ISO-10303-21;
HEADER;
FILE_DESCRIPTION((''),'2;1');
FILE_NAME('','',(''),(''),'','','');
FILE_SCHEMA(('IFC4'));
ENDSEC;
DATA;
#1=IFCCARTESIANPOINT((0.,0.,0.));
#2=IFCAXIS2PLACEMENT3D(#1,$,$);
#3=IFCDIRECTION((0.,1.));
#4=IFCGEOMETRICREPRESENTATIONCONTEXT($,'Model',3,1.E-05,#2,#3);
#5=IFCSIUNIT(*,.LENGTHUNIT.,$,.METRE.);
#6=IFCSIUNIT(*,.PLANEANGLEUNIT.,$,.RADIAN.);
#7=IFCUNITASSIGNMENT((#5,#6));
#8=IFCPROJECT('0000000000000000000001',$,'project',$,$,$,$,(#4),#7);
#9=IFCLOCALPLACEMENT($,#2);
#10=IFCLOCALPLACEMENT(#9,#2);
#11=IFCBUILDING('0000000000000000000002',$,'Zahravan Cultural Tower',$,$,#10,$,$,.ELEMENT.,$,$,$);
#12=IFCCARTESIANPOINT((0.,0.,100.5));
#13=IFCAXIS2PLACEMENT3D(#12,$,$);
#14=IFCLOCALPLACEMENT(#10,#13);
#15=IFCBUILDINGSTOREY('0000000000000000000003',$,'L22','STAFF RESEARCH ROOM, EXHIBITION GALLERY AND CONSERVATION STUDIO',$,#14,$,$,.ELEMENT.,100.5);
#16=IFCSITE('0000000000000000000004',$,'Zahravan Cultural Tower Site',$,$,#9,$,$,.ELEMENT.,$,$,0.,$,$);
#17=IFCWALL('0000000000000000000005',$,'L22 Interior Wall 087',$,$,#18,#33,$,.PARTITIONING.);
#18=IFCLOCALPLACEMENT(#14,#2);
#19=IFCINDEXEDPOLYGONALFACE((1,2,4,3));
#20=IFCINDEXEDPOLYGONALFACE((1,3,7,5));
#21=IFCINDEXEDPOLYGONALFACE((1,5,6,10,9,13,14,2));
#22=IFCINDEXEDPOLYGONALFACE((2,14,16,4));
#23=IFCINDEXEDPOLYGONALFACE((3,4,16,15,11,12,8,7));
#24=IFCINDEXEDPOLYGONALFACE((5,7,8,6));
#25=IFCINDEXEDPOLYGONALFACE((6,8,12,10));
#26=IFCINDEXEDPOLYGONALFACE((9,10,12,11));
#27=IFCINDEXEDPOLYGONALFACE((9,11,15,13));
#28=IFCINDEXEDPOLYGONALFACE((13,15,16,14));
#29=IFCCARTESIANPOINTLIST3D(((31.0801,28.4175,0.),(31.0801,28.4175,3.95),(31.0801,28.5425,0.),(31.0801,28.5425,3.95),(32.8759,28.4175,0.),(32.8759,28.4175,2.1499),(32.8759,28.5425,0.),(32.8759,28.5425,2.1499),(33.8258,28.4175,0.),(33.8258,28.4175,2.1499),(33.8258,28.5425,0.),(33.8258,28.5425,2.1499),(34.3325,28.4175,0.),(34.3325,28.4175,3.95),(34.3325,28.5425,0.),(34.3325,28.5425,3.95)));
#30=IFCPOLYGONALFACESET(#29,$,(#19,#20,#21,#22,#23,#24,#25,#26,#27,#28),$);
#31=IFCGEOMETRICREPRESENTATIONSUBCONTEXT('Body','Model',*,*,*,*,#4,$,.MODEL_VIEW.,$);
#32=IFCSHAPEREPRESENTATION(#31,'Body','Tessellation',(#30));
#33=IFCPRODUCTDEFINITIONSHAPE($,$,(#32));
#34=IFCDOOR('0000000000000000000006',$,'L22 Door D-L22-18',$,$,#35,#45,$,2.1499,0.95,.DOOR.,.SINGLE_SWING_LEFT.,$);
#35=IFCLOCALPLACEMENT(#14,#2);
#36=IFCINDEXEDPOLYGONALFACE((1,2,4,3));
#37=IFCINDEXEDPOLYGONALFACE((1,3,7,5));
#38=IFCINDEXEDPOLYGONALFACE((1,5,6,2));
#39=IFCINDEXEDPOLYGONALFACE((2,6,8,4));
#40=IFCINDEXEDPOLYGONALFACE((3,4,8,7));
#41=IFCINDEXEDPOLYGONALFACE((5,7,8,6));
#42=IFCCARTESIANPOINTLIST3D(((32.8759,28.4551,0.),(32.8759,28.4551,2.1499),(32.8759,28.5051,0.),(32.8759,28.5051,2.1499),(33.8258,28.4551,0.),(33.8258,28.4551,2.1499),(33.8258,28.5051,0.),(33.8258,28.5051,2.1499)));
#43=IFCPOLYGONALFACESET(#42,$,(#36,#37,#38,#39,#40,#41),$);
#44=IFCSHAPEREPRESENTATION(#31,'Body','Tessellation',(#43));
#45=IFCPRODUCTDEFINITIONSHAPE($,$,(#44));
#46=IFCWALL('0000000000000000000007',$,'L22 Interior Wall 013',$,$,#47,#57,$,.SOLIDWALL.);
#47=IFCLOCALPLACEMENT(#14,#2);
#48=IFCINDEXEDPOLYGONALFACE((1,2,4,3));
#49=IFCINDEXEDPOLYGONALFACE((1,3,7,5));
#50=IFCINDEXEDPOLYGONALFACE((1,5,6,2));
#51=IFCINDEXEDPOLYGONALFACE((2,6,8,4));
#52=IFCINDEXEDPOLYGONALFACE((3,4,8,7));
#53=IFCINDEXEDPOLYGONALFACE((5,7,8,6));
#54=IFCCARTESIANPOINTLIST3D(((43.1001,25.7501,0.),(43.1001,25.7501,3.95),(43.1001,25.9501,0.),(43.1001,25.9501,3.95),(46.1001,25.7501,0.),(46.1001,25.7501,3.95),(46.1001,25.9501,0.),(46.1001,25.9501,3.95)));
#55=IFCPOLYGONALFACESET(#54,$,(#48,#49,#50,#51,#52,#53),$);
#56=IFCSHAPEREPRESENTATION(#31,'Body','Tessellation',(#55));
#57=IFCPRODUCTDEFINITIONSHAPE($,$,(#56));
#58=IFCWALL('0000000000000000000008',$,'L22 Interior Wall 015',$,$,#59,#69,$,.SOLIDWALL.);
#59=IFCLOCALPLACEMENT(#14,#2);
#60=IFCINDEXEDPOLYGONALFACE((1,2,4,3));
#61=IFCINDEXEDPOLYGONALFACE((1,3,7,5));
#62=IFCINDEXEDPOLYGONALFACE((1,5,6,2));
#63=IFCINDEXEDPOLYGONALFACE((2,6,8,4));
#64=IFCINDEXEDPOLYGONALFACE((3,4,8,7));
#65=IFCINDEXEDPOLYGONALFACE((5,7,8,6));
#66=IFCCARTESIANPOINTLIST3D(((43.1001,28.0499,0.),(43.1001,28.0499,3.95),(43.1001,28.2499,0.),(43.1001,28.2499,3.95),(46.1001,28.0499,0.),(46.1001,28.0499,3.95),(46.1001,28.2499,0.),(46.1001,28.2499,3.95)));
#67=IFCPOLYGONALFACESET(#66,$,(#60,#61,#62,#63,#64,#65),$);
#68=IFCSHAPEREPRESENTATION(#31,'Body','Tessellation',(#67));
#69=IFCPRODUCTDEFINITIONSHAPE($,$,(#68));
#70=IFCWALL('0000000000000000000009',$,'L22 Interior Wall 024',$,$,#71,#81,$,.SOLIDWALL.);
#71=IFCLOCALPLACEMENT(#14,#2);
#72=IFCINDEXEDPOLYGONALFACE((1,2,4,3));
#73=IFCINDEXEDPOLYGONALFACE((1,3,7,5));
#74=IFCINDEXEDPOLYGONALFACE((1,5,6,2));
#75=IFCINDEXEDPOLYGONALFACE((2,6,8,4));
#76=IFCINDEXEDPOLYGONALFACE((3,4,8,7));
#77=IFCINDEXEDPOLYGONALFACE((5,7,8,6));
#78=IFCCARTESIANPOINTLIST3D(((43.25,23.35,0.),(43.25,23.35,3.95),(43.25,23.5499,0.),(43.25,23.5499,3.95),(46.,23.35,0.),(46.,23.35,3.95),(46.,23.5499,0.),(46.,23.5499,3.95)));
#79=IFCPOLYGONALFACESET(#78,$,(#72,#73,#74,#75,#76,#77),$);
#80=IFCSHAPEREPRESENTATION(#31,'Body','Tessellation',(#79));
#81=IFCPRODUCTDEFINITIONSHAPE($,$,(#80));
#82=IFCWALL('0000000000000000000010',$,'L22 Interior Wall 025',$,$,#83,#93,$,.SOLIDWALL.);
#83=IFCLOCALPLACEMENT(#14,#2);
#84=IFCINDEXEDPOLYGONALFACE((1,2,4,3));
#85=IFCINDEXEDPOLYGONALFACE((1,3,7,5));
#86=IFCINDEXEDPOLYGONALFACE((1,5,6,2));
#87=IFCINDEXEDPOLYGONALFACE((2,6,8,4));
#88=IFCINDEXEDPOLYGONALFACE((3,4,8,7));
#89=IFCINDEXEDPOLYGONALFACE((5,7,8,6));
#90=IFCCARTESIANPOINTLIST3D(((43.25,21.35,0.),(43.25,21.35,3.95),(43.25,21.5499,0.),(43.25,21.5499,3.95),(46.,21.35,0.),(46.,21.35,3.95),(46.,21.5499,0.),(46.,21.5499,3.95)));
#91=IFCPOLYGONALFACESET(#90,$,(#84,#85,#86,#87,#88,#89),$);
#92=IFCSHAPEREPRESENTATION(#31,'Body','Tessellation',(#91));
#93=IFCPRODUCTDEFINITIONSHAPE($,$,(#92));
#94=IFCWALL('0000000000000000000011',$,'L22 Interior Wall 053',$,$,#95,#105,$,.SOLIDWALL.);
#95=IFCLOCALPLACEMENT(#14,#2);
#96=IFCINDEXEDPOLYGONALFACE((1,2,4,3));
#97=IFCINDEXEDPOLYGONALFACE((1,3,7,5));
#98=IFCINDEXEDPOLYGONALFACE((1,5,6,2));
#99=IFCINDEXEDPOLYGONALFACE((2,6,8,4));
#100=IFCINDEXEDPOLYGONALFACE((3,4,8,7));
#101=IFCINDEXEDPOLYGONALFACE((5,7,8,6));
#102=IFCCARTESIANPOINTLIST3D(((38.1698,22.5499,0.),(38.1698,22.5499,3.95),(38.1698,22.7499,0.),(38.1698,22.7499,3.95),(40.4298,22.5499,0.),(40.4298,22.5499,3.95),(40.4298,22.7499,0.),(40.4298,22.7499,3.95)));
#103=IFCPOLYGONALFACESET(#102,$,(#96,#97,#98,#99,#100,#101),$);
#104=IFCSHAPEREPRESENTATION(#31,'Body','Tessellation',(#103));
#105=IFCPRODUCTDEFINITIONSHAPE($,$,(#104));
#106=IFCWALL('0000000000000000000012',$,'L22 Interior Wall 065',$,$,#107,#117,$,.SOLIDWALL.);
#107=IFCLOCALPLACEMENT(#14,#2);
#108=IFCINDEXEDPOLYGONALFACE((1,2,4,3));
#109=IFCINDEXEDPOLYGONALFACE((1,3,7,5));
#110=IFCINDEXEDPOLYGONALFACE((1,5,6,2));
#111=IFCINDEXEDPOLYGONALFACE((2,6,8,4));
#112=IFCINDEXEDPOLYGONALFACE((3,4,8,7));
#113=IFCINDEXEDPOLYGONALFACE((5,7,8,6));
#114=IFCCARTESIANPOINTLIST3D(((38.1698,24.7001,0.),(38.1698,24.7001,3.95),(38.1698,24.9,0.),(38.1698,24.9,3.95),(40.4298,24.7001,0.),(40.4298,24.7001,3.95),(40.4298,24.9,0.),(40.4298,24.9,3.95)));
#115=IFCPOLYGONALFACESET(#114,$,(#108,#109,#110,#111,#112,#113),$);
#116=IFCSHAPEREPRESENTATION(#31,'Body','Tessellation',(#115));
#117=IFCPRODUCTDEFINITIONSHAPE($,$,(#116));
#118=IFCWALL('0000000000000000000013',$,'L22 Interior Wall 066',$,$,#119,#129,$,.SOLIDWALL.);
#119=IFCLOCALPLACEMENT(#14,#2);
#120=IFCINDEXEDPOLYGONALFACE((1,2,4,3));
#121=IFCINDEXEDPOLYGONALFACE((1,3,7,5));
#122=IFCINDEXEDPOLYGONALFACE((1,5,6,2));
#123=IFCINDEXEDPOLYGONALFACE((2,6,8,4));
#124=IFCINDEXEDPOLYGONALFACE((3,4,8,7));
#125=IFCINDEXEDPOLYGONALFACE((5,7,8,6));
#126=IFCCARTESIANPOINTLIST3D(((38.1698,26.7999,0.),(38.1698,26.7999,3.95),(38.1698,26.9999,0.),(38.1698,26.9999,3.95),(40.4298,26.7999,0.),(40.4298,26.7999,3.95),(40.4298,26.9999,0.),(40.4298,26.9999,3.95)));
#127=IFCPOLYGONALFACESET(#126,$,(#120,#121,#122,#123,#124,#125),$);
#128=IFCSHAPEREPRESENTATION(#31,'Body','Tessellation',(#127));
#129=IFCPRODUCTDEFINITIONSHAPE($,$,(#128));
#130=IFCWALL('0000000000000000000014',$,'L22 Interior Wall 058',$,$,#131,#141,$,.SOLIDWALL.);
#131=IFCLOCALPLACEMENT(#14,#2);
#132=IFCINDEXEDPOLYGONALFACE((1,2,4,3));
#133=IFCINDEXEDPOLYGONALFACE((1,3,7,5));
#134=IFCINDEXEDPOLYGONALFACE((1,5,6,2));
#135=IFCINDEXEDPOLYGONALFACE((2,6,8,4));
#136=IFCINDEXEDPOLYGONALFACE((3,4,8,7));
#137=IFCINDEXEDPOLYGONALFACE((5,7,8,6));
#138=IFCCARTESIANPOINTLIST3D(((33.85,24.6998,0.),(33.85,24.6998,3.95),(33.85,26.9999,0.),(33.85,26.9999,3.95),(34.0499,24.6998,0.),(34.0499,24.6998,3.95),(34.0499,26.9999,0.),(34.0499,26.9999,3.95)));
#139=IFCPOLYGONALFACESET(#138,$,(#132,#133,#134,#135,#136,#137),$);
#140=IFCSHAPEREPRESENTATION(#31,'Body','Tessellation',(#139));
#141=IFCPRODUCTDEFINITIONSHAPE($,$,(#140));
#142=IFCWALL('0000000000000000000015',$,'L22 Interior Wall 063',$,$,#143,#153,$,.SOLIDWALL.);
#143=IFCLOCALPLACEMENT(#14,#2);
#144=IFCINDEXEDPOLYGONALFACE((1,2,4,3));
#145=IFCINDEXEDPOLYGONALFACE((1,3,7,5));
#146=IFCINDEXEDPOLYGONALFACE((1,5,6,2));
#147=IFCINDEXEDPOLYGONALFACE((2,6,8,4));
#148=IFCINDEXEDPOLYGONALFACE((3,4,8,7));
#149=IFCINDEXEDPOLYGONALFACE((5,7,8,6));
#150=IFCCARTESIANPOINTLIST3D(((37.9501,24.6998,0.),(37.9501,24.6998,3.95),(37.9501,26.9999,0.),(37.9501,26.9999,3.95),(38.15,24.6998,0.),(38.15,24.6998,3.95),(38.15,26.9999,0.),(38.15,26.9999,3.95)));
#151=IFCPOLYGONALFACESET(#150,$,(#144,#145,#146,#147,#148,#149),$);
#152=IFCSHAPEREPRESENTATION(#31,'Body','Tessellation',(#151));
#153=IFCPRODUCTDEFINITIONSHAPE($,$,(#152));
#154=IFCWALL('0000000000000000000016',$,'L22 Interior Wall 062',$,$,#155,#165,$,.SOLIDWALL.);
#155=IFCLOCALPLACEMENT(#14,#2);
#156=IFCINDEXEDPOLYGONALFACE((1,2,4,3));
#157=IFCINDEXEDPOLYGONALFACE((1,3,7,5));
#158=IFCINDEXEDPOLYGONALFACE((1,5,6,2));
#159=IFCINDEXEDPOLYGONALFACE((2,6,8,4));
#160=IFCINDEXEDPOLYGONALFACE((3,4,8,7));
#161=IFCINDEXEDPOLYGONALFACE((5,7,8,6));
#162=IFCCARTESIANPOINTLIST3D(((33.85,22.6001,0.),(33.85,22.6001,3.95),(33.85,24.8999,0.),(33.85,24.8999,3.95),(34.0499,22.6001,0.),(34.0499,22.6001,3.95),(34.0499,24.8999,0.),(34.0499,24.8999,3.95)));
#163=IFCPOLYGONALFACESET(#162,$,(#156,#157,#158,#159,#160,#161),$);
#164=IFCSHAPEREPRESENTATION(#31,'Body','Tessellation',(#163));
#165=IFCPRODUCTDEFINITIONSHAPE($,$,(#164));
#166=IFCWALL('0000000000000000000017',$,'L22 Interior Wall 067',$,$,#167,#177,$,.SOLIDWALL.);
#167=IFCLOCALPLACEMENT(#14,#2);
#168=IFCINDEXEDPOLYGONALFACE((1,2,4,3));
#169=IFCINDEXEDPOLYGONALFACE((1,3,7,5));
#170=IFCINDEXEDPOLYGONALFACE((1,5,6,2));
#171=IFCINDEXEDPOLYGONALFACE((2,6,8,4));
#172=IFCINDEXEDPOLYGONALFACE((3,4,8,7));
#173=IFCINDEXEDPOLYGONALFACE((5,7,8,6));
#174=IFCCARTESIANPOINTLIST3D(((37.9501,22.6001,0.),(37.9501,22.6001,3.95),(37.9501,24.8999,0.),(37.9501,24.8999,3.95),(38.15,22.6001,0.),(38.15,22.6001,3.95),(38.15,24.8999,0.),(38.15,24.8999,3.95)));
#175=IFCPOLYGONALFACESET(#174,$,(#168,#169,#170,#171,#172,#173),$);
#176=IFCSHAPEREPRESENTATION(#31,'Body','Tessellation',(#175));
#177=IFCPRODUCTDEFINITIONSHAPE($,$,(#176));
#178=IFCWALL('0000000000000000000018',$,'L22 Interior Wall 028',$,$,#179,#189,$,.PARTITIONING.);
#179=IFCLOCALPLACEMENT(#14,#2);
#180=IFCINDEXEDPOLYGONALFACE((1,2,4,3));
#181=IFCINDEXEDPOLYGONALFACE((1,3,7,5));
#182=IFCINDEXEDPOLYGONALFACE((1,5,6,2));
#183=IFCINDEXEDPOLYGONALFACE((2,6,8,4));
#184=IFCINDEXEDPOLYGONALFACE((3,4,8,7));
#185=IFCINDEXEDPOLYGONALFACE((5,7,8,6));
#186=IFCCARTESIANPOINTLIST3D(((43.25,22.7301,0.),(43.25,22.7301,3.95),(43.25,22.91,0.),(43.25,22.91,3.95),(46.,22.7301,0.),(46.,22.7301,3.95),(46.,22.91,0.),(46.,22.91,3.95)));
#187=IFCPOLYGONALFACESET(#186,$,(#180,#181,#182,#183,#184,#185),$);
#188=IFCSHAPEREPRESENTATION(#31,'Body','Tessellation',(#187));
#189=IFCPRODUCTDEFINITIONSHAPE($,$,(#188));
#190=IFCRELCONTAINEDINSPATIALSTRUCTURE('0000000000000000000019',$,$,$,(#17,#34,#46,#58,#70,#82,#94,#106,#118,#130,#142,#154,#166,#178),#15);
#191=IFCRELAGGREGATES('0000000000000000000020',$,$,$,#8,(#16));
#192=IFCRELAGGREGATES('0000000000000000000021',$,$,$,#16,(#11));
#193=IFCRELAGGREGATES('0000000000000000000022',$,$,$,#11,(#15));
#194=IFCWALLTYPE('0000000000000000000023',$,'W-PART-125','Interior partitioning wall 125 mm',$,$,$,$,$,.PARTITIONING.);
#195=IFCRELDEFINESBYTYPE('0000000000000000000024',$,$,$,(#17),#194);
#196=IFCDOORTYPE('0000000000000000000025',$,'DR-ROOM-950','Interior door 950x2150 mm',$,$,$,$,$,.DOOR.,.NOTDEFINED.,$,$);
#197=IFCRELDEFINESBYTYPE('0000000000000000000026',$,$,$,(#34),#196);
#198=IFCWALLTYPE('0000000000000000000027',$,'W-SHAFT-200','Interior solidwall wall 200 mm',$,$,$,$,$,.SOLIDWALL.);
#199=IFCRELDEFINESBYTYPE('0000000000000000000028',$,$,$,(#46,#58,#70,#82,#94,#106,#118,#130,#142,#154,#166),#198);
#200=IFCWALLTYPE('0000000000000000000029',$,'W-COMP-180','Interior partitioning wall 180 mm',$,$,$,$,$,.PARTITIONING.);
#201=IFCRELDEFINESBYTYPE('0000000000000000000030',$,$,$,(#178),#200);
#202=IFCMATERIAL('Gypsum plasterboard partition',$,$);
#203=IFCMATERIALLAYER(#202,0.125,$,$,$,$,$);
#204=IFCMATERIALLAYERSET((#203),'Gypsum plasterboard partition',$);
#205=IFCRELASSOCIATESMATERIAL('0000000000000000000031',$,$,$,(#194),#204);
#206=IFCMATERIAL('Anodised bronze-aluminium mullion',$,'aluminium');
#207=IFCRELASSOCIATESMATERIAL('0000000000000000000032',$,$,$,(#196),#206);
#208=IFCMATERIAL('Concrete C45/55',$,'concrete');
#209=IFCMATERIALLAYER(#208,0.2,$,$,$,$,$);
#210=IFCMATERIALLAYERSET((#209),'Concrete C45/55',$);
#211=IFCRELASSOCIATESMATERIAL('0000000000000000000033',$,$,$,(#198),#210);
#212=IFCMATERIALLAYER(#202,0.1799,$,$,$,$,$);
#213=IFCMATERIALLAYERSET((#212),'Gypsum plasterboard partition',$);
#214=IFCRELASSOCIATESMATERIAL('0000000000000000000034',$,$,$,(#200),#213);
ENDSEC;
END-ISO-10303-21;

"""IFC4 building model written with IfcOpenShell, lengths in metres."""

from ifc_helpers import new_model, si_unit, direction, frame, frame_2d, origin, place, context, subcontext, project, spatial, rectangle, extrude, source, transform, mapped, material, layer, layer_set, type_object, element, fill, save


model = new_model("IFC4")

# Units and contexts
model_context = context("Model", 3, precision=1e-05, world=origin(), true_north=direction((0.0, 1.0)))
body_context = subcontext(model_context, "Body", "Model", "MODEL_VIEW")
ifc_project = project(units=[si_unit("LENGTHUNIT", "METRE"), si_unit("PLANEANGLEUNIT", "RADIAN")], contexts=[model_context])

# Site, building, storey
site_placement = place(None, origin())
site = spatial("IfcSite", under=ifc_project, at=site_placement, Name="Zahravan Cultural Tower Site", CompositionType="ELEMENT", RefElevation=0.0)
building_placement = place(site_placement, origin())
building = spatial("IfcBuilding", under=site, at=building_placement, Name="Zahravan Cultural Tower", CompositionType="ELEMENT")
storey_placement = place(building_placement, frame((0.0, 0.0, 100.5)))
storey = spatial("IfcBuildingStorey", under=building, at=storey_placement, Name="L22", Description="STAFF RESEARCH ROOM, EXHIBITION GALLERY AND CONSERVATION STUDIO", CompositionType="ELEMENT", Elevation=100.5)

# Wall, opening, door
ifc_material_1 = material(Name="Gypsum plasterboard partition")
ifc_layer_1 = layer(ifc_material_1, 0.125)
ifc_layer_set_1 = layer_set([ifc_layer_1], Name="Gypsum plasterboard partition")
wall_type_1 = type_object("IfcWallType", Name="W-PART-125", Description="Interior partitioning wall 125 mm", PredefinedType="PARTITIONING", material=ifc_layer_set_1)
ifc_material_2 = material(Name="Anodised bronze-aluminium mullion", Category="aluminium")
wall_1_placement = place(storey_placement, frame((34.3325, 28.48, 0.0), z_axis=(0.0, 0.0, 1.0), x_axis=(-1.0, 0.0, 0.0)))
wall_1 = element("IfcWall", 1, at=wall_1_placement, inside=storey, type_object=wall_type_1, Name="L22 Interior Wall 087", PredefinedType="PARTITIONING", context=body_context, shape_type="SweptSolid", body=[
    extrude(rectangle(XDim=3.2524, YDim=0.125, at=frame_2d((1.6262, 0.0))), origin(), (0.0, 0.0, 1.0), 3.95),
])
opening_1_placement = place(wall_1_placement, frame((0.5066, 0.0, 0.0)))
opening_1 = element("IfcOpeningElement", 2, at=opening_1_placement, cuts=wall_1, PredefinedType="OPENING", context=body_context, shape_type="SweptSolid", body=[
    extrude(rectangle(XDim=0.95, YDim=2.1499, at=frame_2d((0.4751, 1.075))), frame((0.0, 0.0725, 0.0), z_axis=(0.0, -1.0, 0.0), x_axis=(1.0, 0.0, 0.0)), (0.0, 0.0, 1.0), 0.145),
])
door_type_1 = type_object("IfcDoorType", Name="DR-ROOM-950", Description="Interior door 950x2150 mm", OperationType="NOTDEFINED", PredefinedType="DOOR", material=ifc_material_2)
shared_shape_1 = source(origin(), body_context, "Body", "SweptSolid", [
    extrude(rectangle(XDim=0.95, YDim=2.1499, at=frame_2d((0.4751, 1.075))), frame((0.0, 0.0249, 0.0), z_axis=(0.0, -1.0, 0.0), x_axis=(1.0, 0.0, 0.0)), (0.0, 0.0, 1.0), 0.05),
])
door_1_placement = place(opening_1_placement, origin())
door_1 = element("IfcDoor", 3, at=door_1_placement, inside=storey, type_object=door_type_1, Name="L22 Door D-L22-18", OperationType="SINGLE_SWING_LEFT", OverallHeight=2.1499, OverallWidth=0.95, PredefinedType="DOOR", context=body_context, shape_type="MappedRepresentation", body=[
    mapped(shared_shape_1, transform((0.0, 0.0, 0.0), x_axis=(1.0, 0.0, 0.0), y_axis=(0.0, 1.0, 0.0), z_axis=(0.0, 0.0, 1.0), scale=1.0)),
])
fill(opening_1, door_1)
ifc_material_3 = material(Name="Concrete C45/55", Category="concrete")
ifc_layer_2 = layer(ifc_material_3, 0.2)
ifc_layer_set_2 = layer_set([ifc_layer_2], Name="Concrete C45/55")
wall_type_2 = type_object("IfcWallType", Name="W-SHAFT-200", Description="Interior solidwall wall 200 mm", PredefinedType="SOLIDWALL", material=ifc_layer_set_2)

# Walls
shared_shape_2 = source(origin(), body_context, "Body", "SweptSolid", [
    extrude(rectangle(XDim=3.0, YDim=0.2, at=frame_2d((1.5, 0.0))), origin(), (0.0, 0.0, 1.0), 3.95),
])
for number, where, z_axis, x_axis, name in (
    (4, (43.1001, 25.8501, 0.0), (0.0, 0.0, 1.0), (1.0, 0.0, 0.0), "L22 Interior Wall 013"),
    (5, (43.1001, 28.1499, 0.0), (0.0, 0.0, 1.0), (1.0, 0.0, 0.0), "L22 Interior Wall 015"),
):
    element("IfcWall", number, at=place(storey_placement, frame(where, z_axis=z_axis, x_axis=x_axis)), inside=storey, type_object=wall_type_2, Name=name, PredefinedType="SOLIDWALL", context=body_context, shape_type="MappedRepresentation", body=[
        mapped(shared_shape_2, transform((0.0, 0.0, 0.0), x_axis=(1.0, 0.0, 0.0), y_axis=(0.0, 1.0, 0.0), z_axis=(0.0, 0.0, 1.0), scale=1.0)),
    ])
shared_shape_3 = source(origin(), body_context, "Body", "SweptSolid", [
    extrude(rectangle(XDim=2.75, YDim=0.2, at=frame_2d((1.375, 0.0))), origin(), (0.0, 0.0, 1.0), 3.95),
])
for number, where, z_axis, x_axis, name in (
    (6, (43.25, 23.45, 0.0), (0.0, 0.0, 1.0), (1.0, 0.0, 0.0), "L22 Interior Wall 024"),
    (7, (43.25, 21.45, 0.0), (0.0, 0.0, 1.0), (1.0, 0.0, 0.0), "L22 Interior Wall 025"),
):
    element("IfcWall", number, at=place(storey_placement, frame(where, z_axis=z_axis, x_axis=x_axis)), inside=storey, type_object=wall_type_2, Name=name, PredefinedType="SOLIDWALL", context=body_context, shape_type="MappedRepresentation", body=[
        mapped(shared_shape_3, transform((0.0, 0.0, 0.0), x_axis=(1.0, 0.0, 0.0), y_axis=(0.0, 1.0, 0.0), z_axis=(0.0, 0.0, 1.0), scale=1.0)),
    ])
shared_shape_4 = source(origin(), body_context, "Body", "SweptSolid", [
    extrude(rectangle(XDim=2.26, YDim=0.2, at=frame_2d((1.1299, 0.0))), origin(), (0.0, 0.0, 1.0), 3.95),
])
for number, where, z_axis, x_axis, name in (
    (8, (38.1699, 22.6499, 0.0), (0.0, 0.0, 1.0), (1.0, 0.0, 0.0), "L22 Interior Wall 053"),
    (9, (38.1699, 24.8, 0.0), (0.0, 0.0, 1.0), (1.0, 0.0, 0.0), "L22 Interior Wall 065"),
    (10, (38.1699, 26.8999, 0.0), (0.0, 0.0, 1.0), (1.0, 0.0, 0.0), "L22 Interior Wall 066"),
):
    element("IfcWall", number, at=place(storey_placement, frame(where, z_axis=z_axis, x_axis=x_axis)), inside=storey, type_object=wall_type_2, Name=name, PredefinedType="SOLIDWALL", context=body_context, shape_type="MappedRepresentation", body=[
        mapped(shared_shape_4, transform((0.0, 0.0, 0.0), x_axis=(1.0, 0.0, 0.0), y_axis=(0.0, 1.0, 0.0), z_axis=(0.0, 0.0, 1.0), scale=1.0)),
    ])
shared_shape_5 = source(origin(), body_context, "Body", "SweptSolid", [
    extrude(rectangle(XDim=2.3, YDim=0.2, at=frame_2d((1.1499, 0.0))), origin(), (0.0, 0.0, 1.0), 3.95),
])
for number, where, z_axis, x_axis, name in (
    (11, (33.95, 24.7, 0.0), (0.0, 0.0, 1.0), (0.0, 1.0, 0.0), "L22 Interior Wall 058"),
    (12, (38.05, 24.7, 0.0), (0.0, 0.0, 1.0), (0.0, 1.0, 0.0), "L22 Interior Wall 063"),
):
    element("IfcWall", number, at=place(storey_placement, frame(where, z_axis=z_axis, x_axis=x_axis)), inside=storey, type_object=wall_type_2, Name=name, PredefinedType="SOLIDWALL", context=body_context, shape_type="MappedRepresentation", body=[
        mapped(shared_shape_5, transform((0.0, 0.0, 0.0), x_axis=(1.0, 0.0, 0.0), y_axis=(0.0, 1.0, 0.0), z_axis=(0.0, 0.0, 1.0), scale=1.0)),
    ])
shared_shape_6 = source(origin(), body_context, "Body", "SweptSolid", [
    extrude(rectangle(XDim=2.2998, YDim=0.2, at=frame_2d((1.1499, 0.0))), origin(), (0.0, 0.0, 1.0), 3.95),
])
for number, where, z_axis, x_axis, name in (
    (13, (33.95, 22.6001, 0.0), (0.0, 0.0, 1.0), (0.0, 1.0, 0.0), "L22 Interior Wall 062"),
    (14, (38.05, 22.6001, 0.0), (0.0, 0.0, 1.0), (0.0, 1.0, 0.0), "L22 Interior Wall 067"),
):
    element("IfcWall", number, at=place(storey_placement, frame(where, z_axis=z_axis, x_axis=x_axis)), inside=storey, type_object=wall_type_2, Name=name, PredefinedType="SOLIDWALL", context=body_context, shape_type="MappedRepresentation", body=[
        mapped(shared_shape_6, transform((0.0, 0.0, 0.0), x_axis=(1.0, 0.0, 0.0), y_axis=(0.0, 1.0, 0.0), z_axis=(0.0, 0.0, 1.0), scale=1.0)),
    ])
ifc_layer_3 = layer(ifc_material_1, 0.1799)
ifc_layer_set_3 = layer_set([ifc_layer_3], Name="Gypsum plasterboard partition")
wall_type_3 = type_object("IfcWallType", Name="W-COMP-180", Description="Interior partitioning wall 180 mm", PredefinedType="PARTITIONING", material=ifc_layer_set_3)
shared_shape_7 = source(origin(), body_context, "Body", "SweptSolid", [
    extrude(rectangle(XDim=2.75, YDim=0.1799, at=frame_2d((1.375, 0.0))), origin(), (0.0, 0.0, 1.0), 3.95),
])
wall_2_placement = place(storey_placement, frame((43.25, 22.8201, 0.0), z_axis=(0.0, 0.0, 1.0), x_axis=(1.0, 0.0, 0.0)))
element("IfcWall", 15, at=wall_2_placement, inside=storey, type_object=wall_type_3, Name="L22 Interior Wall 028", PredefinedType="PARTITIONING", context=body_context, shape_type="MappedRepresentation", body=[
    mapped(shared_shape_7, transform((0.0, 0.0, 0.0), x_axis=(1.0, 0.0, 0.0), y_axis=(0.0, 1.0, 0.0), z_axis=(0.0, 0.0, 1.0), scale=1.0)),
])

save(model, "model.ifc")
